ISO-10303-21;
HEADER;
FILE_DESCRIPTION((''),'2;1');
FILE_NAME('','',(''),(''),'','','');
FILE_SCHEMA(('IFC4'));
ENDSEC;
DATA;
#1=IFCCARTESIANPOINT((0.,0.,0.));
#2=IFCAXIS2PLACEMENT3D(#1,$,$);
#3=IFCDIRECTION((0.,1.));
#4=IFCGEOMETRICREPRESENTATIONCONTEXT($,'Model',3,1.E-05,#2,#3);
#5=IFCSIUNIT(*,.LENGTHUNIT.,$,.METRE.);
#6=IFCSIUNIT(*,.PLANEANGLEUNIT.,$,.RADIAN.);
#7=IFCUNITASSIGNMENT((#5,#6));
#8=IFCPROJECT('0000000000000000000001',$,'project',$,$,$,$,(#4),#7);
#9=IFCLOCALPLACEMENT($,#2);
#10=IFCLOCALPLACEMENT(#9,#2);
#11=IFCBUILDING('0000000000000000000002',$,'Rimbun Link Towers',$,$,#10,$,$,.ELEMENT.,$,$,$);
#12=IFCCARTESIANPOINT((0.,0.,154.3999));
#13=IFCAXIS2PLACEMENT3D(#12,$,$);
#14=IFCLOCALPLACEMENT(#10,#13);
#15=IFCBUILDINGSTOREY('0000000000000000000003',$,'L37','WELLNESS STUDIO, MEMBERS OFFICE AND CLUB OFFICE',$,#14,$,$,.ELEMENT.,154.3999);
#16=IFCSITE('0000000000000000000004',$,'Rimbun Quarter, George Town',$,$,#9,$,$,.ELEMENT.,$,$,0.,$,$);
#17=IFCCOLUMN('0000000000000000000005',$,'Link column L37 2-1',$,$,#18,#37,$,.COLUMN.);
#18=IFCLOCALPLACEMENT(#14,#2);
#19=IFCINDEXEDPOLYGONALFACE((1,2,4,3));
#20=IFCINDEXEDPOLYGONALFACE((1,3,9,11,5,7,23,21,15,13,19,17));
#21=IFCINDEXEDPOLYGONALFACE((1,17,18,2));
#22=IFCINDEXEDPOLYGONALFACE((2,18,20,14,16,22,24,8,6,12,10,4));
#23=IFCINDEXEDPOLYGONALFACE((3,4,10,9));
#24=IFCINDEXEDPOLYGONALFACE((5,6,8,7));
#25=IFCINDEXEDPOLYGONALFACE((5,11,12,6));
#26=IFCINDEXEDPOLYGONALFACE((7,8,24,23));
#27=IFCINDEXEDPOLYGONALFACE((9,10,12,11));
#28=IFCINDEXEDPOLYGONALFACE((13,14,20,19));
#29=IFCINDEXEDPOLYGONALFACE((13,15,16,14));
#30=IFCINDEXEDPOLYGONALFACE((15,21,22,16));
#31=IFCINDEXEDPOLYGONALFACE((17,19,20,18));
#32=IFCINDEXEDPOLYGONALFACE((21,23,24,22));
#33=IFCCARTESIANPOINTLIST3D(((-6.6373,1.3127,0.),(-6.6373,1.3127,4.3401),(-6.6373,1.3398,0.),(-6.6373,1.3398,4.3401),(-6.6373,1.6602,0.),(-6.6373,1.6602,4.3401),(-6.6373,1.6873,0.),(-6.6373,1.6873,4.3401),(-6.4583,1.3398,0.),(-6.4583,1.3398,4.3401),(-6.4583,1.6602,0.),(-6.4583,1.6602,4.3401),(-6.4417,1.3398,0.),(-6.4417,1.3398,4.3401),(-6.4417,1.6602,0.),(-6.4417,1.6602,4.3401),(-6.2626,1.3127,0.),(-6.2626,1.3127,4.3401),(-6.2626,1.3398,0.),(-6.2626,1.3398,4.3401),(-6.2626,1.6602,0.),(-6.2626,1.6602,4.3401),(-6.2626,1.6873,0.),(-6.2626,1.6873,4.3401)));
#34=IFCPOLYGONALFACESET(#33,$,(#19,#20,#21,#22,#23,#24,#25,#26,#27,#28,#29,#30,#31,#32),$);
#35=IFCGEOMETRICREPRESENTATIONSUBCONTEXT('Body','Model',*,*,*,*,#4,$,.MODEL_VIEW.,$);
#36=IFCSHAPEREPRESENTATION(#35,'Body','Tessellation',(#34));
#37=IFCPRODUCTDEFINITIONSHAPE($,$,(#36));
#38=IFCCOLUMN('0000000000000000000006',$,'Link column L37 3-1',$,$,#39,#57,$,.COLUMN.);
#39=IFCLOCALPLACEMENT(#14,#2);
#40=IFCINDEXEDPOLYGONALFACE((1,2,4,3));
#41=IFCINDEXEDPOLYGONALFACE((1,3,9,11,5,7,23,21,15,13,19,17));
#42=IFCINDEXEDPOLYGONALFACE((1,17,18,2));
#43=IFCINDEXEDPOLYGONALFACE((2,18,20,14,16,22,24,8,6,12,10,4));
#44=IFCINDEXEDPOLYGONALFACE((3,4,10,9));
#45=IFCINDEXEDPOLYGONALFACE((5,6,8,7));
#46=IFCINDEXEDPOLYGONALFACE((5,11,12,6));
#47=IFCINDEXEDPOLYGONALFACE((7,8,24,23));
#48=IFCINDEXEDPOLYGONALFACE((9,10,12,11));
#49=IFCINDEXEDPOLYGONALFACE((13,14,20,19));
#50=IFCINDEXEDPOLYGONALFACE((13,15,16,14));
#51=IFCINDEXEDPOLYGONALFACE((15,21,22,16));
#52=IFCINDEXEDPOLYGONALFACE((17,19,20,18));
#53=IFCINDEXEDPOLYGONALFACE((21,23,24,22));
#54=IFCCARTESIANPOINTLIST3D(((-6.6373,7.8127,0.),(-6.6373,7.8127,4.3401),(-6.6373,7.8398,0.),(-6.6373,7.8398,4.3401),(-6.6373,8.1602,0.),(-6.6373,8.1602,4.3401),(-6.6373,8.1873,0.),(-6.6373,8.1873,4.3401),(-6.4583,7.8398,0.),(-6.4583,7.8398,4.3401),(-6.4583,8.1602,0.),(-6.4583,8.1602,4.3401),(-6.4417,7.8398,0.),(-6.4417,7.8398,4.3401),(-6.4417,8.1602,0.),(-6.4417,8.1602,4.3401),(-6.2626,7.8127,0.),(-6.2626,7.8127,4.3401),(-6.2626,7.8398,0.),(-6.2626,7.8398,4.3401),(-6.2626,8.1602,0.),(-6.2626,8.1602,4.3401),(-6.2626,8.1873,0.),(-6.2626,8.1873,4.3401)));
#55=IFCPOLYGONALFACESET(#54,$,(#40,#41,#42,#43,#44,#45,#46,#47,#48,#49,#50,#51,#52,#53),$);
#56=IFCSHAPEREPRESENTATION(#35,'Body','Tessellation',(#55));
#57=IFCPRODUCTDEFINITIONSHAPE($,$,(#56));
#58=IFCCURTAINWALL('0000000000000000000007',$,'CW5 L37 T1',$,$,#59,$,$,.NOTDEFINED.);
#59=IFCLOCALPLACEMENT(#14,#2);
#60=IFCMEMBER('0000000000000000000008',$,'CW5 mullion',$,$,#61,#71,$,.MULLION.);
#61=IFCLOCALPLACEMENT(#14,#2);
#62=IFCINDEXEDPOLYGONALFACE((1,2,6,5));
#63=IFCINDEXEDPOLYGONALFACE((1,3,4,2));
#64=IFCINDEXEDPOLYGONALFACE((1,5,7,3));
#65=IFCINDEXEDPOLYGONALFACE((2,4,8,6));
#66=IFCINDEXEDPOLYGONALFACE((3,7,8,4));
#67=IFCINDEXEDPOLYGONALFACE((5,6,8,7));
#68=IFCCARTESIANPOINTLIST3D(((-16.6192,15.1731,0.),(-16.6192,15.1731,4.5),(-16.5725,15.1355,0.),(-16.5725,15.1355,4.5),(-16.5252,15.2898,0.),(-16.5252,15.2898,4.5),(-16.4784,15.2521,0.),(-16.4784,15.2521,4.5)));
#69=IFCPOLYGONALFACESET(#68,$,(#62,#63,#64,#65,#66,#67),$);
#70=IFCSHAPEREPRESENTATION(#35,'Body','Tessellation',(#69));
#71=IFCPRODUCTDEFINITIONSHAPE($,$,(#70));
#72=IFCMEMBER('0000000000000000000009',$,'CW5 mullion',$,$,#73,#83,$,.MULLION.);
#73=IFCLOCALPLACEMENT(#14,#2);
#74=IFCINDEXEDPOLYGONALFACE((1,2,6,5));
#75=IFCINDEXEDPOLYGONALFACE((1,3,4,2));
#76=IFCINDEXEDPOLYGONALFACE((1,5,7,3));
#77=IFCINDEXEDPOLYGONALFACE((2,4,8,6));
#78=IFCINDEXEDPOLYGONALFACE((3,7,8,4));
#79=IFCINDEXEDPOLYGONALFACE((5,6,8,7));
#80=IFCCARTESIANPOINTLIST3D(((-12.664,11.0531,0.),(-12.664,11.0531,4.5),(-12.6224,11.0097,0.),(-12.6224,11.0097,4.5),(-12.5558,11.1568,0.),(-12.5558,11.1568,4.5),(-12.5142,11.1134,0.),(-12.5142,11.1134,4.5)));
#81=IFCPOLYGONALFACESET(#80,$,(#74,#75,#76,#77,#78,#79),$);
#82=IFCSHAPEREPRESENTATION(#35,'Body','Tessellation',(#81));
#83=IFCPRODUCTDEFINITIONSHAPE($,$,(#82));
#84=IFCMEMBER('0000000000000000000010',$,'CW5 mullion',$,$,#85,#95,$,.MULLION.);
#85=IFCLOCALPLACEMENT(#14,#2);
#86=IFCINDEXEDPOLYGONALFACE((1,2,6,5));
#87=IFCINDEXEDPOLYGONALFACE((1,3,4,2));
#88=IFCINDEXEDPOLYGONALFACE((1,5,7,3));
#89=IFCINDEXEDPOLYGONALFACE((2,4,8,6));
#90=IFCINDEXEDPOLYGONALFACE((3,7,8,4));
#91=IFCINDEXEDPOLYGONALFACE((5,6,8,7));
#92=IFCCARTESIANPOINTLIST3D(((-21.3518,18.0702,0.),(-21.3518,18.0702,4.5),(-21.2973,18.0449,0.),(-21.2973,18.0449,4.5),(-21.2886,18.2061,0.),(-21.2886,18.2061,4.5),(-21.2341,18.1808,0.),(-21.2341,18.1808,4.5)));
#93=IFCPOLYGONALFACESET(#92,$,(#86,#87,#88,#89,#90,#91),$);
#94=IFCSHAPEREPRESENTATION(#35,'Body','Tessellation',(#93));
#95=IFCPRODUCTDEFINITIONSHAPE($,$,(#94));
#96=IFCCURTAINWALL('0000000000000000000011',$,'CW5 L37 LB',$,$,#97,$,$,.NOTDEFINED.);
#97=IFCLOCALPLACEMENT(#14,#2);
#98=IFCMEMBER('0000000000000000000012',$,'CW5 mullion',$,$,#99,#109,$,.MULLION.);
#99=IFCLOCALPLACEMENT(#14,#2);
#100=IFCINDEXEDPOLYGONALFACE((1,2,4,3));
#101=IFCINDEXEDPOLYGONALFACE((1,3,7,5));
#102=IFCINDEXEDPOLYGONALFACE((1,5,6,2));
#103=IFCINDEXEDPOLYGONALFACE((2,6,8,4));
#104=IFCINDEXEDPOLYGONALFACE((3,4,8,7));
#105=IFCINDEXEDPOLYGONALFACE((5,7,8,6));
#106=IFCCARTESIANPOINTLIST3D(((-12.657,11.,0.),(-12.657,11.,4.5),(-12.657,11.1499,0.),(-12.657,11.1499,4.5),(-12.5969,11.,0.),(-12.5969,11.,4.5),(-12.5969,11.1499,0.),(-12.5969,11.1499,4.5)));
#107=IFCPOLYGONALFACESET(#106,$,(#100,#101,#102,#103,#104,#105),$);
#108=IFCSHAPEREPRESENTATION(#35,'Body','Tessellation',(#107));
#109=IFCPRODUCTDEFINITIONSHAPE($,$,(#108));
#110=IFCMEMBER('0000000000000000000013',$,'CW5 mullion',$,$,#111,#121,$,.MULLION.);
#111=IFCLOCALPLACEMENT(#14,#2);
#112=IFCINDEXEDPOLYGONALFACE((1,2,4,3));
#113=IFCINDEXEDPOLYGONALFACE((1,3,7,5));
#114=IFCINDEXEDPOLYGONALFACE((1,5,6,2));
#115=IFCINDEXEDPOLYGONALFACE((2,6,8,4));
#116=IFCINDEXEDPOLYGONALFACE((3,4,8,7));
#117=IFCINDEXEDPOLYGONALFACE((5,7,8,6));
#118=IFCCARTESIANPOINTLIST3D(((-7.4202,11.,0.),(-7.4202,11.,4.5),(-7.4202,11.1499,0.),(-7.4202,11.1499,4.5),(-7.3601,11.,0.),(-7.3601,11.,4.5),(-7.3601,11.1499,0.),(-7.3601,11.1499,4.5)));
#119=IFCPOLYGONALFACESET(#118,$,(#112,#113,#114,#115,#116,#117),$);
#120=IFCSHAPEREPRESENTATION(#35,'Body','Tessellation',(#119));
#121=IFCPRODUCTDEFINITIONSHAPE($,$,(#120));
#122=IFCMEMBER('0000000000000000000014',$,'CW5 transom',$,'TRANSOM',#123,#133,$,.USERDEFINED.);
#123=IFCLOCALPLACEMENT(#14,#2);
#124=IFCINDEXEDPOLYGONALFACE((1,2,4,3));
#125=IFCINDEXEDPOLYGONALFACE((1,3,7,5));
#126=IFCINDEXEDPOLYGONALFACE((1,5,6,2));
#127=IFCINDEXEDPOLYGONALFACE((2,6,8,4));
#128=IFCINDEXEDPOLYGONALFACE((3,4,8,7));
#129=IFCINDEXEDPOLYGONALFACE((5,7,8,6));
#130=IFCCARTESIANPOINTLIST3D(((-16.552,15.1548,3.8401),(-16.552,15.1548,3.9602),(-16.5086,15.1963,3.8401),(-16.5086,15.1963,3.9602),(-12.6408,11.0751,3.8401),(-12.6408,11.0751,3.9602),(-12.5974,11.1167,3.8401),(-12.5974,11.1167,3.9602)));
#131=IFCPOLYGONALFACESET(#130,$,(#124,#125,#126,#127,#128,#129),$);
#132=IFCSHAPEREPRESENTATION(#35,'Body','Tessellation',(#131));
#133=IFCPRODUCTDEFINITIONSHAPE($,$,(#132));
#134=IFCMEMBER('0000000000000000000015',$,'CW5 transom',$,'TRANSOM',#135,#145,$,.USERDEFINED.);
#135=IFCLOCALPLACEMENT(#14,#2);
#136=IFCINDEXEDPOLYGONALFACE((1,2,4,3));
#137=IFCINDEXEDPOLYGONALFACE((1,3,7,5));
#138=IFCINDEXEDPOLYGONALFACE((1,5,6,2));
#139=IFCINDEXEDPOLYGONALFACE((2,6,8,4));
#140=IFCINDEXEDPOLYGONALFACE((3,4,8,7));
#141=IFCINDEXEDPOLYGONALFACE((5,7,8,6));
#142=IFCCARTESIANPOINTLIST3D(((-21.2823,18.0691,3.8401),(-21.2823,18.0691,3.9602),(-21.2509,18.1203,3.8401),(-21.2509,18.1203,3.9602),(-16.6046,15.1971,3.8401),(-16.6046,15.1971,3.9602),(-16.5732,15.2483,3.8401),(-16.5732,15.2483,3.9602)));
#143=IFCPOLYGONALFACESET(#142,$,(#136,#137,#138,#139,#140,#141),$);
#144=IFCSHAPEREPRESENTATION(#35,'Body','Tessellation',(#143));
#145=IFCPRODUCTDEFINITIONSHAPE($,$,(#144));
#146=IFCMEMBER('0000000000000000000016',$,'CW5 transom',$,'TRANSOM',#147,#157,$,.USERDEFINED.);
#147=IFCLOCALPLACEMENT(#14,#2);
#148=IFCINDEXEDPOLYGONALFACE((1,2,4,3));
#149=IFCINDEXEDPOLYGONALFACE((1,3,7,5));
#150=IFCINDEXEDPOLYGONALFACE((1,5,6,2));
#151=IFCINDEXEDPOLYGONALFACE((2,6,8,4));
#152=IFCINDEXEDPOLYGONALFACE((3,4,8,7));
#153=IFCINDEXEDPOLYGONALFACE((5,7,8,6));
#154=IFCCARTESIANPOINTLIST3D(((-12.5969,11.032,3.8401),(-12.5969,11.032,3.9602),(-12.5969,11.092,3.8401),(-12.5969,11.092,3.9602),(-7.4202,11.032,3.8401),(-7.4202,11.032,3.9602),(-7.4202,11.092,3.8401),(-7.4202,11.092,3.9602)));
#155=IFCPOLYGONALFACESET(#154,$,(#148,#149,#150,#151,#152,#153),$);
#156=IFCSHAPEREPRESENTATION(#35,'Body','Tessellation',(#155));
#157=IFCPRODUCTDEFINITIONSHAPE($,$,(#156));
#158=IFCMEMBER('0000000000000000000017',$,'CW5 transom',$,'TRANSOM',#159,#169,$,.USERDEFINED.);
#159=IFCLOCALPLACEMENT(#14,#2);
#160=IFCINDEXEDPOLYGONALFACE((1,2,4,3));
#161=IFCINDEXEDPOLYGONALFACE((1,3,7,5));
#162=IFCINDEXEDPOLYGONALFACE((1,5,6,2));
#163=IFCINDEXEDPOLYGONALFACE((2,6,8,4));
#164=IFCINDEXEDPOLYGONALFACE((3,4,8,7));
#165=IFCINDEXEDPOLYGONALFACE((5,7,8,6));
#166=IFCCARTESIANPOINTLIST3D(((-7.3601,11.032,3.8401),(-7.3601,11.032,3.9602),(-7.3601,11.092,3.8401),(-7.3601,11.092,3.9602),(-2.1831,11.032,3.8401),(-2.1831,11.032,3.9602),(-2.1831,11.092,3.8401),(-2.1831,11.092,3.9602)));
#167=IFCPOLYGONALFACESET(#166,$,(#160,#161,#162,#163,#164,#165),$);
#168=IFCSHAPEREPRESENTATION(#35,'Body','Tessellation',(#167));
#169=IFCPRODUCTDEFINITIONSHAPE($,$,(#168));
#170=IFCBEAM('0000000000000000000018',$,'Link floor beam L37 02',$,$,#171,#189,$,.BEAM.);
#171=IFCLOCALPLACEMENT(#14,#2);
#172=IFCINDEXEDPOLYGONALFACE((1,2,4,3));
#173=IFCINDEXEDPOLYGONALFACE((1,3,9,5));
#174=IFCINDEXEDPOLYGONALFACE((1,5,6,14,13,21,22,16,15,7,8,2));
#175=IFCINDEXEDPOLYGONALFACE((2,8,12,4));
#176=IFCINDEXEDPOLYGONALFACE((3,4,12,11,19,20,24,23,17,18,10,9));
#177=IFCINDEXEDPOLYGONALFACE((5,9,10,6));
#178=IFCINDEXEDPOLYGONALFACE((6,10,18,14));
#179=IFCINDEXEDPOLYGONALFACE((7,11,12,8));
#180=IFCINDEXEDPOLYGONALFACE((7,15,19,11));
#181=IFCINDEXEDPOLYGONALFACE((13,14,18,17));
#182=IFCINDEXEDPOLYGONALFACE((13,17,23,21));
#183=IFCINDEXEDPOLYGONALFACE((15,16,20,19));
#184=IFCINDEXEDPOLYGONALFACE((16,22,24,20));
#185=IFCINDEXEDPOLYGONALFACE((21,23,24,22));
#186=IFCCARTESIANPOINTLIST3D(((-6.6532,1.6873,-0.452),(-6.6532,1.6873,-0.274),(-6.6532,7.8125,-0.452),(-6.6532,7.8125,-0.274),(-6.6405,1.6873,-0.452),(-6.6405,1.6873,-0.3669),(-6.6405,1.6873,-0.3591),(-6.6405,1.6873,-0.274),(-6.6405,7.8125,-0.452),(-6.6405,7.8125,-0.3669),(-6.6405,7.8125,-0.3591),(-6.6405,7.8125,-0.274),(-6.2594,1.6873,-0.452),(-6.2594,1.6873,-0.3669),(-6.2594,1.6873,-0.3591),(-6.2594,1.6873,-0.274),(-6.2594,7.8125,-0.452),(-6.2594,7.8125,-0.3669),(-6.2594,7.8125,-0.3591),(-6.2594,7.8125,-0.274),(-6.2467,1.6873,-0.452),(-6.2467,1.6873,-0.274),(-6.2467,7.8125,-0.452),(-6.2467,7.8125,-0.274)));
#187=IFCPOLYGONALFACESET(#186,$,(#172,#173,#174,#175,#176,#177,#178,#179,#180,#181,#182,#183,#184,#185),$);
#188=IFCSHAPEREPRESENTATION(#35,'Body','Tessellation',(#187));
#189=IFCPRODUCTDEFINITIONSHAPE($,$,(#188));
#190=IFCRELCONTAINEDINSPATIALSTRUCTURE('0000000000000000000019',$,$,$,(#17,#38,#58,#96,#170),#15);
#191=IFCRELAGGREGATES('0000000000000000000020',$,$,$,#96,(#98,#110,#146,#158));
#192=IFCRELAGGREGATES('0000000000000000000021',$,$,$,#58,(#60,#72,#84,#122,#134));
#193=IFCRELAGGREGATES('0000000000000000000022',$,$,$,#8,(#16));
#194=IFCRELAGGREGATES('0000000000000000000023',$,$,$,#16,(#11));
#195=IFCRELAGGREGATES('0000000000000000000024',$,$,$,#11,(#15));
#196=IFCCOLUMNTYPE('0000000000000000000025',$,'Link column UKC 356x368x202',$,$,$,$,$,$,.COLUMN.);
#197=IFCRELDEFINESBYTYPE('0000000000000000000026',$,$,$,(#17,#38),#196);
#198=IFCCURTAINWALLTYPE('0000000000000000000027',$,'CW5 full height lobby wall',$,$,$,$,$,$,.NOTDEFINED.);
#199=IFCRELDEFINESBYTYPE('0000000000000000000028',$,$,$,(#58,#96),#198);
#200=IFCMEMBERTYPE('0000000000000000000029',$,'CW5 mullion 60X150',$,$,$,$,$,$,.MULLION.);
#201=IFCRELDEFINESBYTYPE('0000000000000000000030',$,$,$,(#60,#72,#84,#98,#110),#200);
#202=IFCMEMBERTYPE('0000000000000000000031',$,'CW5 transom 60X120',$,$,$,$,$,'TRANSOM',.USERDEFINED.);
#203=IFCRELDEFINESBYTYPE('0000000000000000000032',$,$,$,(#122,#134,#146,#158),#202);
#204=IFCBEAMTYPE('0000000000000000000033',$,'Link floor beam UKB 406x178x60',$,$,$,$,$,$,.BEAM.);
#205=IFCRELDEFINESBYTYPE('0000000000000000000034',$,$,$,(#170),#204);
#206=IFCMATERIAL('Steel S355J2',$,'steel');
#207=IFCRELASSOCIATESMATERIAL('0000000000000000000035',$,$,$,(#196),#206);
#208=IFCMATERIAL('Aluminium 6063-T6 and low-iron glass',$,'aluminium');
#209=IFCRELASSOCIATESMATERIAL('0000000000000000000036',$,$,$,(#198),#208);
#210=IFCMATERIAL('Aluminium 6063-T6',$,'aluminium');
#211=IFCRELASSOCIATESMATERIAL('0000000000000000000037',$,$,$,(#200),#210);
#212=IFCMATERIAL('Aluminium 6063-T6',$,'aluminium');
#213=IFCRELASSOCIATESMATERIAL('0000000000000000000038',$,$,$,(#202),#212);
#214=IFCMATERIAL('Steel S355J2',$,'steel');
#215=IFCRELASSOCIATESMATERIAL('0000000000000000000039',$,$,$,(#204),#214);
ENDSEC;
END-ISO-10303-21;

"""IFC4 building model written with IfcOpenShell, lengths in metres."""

from ifc_helpers import new_model, si_unit, direction, frame, origin, origin_2d, place, context, subcontext, project, spatial, rectangle, i_section, extrude, material, material_profile, profile_set, type_object, element, aggregate, save


model = new_model("IFC4")

# Units and contexts
model_context = context("Model", 3, precision=1e-05, world=origin(), true_north=direction((0.0, 1.0)))
body_context = subcontext(model_context, "Body", "Model", "MODEL_VIEW")
ifc_project = project(units=[si_unit("LENGTHUNIT", "METRE"), si_unit("PLANEANGLEUNIT", "RADIAN")], contexts=[model_context])

# Site, building, storey
site_placement = place(None, origin())
site = spatial("IfcSite", under=ifc_project, at=site_placement, Name="Rimbun Quarter, George Town", CompositionType="ELEMENT", RefElevation=0.0)
building_placement = place(site_placement, origin())
building = spatial("IfcBuilding", under=site, at=building_placement, Name="Rimbun Link Towers", CompositionType="ELEMENT")
storey_placement = place(building_placement, frame((0.0, 0.0, 154.3999)))
storey = spatial("IfcBuildingStorey", under=building, at=storey_placement, Name="L37", Description="WELLNESS STUDIO, MEMBERS OFFICE AND CLUB OFFICE", CompositionType="ELEMENT", Elevation=154.3999)

# Columns
ifc_material_1 = material(Name="Steel S355J2", Category="steel")
ifc_material_profile_1 = material_profile(ifc_material_1, i_section(OverallWidth=0.3748, OverallDepth=0.3745, WebThickness=0.0166, FlangeThickness=0.0271, at=origin_2d()), Name="UKC 356x368x202")
ifc_profile_set_1 = profile_set([ifc_material_profile_1], Name="Steel S355J2")
column_type = type_object("IfcColumnType", Name="Link column UKC 356x368x202", PredefinedType="COLUMN", material=ifc_profile_set_1)
for number, where, z_axis, x_axis, name in (
    (1, (-6.45, 1.5, 0.0), (0.0, 0.0, 1.0), (1.0, 0.0, 0.0), "Link column L37 2-1"),
    (2, (-6.45, 8.0, 0.0), (0.0, 0.0, 1.0), (1.0, 0.0, 0.0), "Link column L37 3-1"),
):
    element("IfcColumn", number, at=place(storey_placement, frame(where, z_axis=z_axis, x_axis=x_axis)), inside=storey, type_object=column_type, Name=name, PredefinedType="COLUMN", context=body_context, shape_type="SweptSolid", body=[
        extrude(i_section(OverallWidth=0.3748, OverallDepth=0.3745, WebThickness=0.0166, FlangeThickness=0.0271, at=origin_2d()), origin(), (0.0, 0.0, 1.0), 4.3401),
    ])

# Curtain walls, members
ifc_material_2 = material(Name="Aluminium 6063-T6 and low-iron glass", Category="aluminium")
curtain_wall_type = type_object("IfcCurtainWallType", Name="CW5 full height lobby wall", PredefinedType="NOTDEFINED", material=ifc_material_2)
curtain_wall_1_placement = place(storey_placement, origin())
curtain_wall_1 = element("IfcCurtainWall", 3, at=curtain_wall_1_placement, inside=storey, type_object=curtain_wall_type, Name="CW5 L37 T1", PredefinedType="NOTDEFINED")
ifc_material_3 = material(Name="Aluminium 6063-T6", Category="aluminium")
ifc_material_profile_2 = material_profile(ifc_material_3, rectangle(XDim=0.1499, YDim=0.0601, at=origin_2d()), Name="MULLION 60X150")
ifc_profile_set_2 = profile_set([ifc_material_profile_2], Name="Aluminium 6063-T6")
member_type_1 = type_object("IfcMemberType", Name="CW5 mullion 60X150", PredefinedType="MULLION", material=ifc_profile_set_2)
member_1_placement = place(storey_placement, frame((-16.5488, 15.2126, 0.0), z_axis=(0.0, 0.0, 1.0), x_axis=(0.627671, 0.778479, 0.0)))
member_1 = element("IfcMember", 4, at=member_1_placement, type_object=member_type_1, Name="CW5 mullion", PredefinedType="MULLION", context=body_context, shape_type="SweptSolid", body=[
    extrude(rectangle(XDim=0.1499, YDim=0.0601, at=origin_2d()), origin(), (0.0, 0.0, 1.0), 4.5),
])
member_2_placement = place(storey_placement, frame((-12.5891, 11.0833, 0.0), z_axis=(0.0, 0.0, 1.0), x_axis=(0.721858, 0.692041, 0.0)))
member_2 = element("IfcMember", 5, at=member_2_placement, type_object=member_type_1, Name="CW5 mullion", PredefinedType="MULLION", context=body_context, shape_type="SweptSolid", body=[
    extrude(rectangle(XDim=0.1499, YDim=0.0601, at=origin_2d()), origin(), (0.0, 0.0, 1.0), 4.5),
])
member_3_placement = place(storey_placement, frame((-21.293, 18.1255, 0.0), z_axis=(0.0, 0.0, 1.0), x_axis=(0.421697, 0.906737, 0.0)))
member_3 = element("IfcMember", 6, at=member_3_placement, type_object=member_type_1, Name="CW5 mullion", PredefinedType="MULLION", context=body_context, shape_type="SweptSolid", body=[
    extrude(rectangle(XDim=0.1499, YDim=0.0601, at=origin_2d()), origin(), (0.0, 0.0, 1.0), 4.5),
])
curtain_wall_2_placement = place(storey_placement, origin())
curtain_wall_2 = element("IfcCurtainWall", 7, at=curtain_wall_2_placement, inside=storey, type_object=curtain_wall_type, Name="CW5 L37 LB", PredefinedType="NOTDEFINED")
member_4_placement = place(storey_placement, frame((-12.627, 11.075, 0.0), z_axis=(0.0, 0.0, 1.0), x_axis=(0.0, 1.0, 0.0)))
member_4 = element("IfcMember", 8, at=member_4_placement, type_object=member_type_1, Name="CW5 mullion", PredefinedType="MULLION", context=body_context, shape_type="SweptSolid", body=[
    extrude(rectangle(XDim=0.1499, YDim=0.0601, at=origin_2d()), origin(), (0.0, 0.0, 1.0), 4.5),
])
member_5_placement = place(storey_placement, frame((-7.3901, 11.075, 0.0), z_axis=(0.0, 0.0, 1.0), x_axis=(0.0, 1.0, 0.0)))
member_5 = element("IfcMember", 9, at=member_5_placement, type_object=member_type_1, Name="CW5 mullion", PredefinedType="MULLION", context=body_context, shape_type="SweptSolid", body=[
    extrude(rectangle(XDim=0.1499, YDim=0.0601, at=origin_2d()), origin(), (0.0, 0.0, 1.0), 4.5),
])

# Members
ifc_material_4 = material(Name="Aluminium 6063-T6", Category="aluminium")
ifc_material_profile_3 = material_profile(ifc_material_4, rectangle(XDim=0.0601, YDim=0.1201, at=origin_2d()), Name="TRANSOM 60X120")
ifc_profile_set_3 = profile_set([ifc_material_profile_3], Name="Aluminium 6063-T6")
member_type_2 = type_object("IfcMemberType", Name="CW5 transom 60X120", ElementType="TRANSOM", PredefinedType="USERDEFINED", material=ifc_profile_set_3)
member_6_placement = place(storey_placement, frame((-16.5303, 15.1755, 3.9001), z_axis=(0.692046, -0.721853, 0.0), x_axis=(0.721853, 0.692046, 0.0)))
member_6 = element("IfcMember", 10, at=member_6_placement, type_object=member_type_2, Name="CW5 transom", ObjectType="TRANSOM", PredefinedType="USERDEFINED", context=body_context, shape_type="SweptSolid", body=[
    extrude(rectangle(XDim=0.0601, YDim=0.1201, at=origin_2d()), origin(), (0.0, 0.0, 1.0), 5.6516),
])
member_7_placement = place(storey_placement, frame((-21.2666, 18.0947, 3.9001), z_axis=(0.852189, -0.523234, 0.0), x_axis=(0.523234, 0.852189, 0.0)))
member_7 = element("IfcMember", 11, at=member_7_placement, type_object=member_type_2, Name="CW5 transom", ObjectType="TRANSOM", PredefinedType="USERDEFINED", context=body_context, shape_type="SweptSolid", body=[
    extrude(rectangle(XDim=0.0601, YDim=0.1201, at=origin_2d()), origin(), (0.0, 0.0, 1.0), 5.489),
])
member_8_placement = place(storey_placement, frame((-12.5969, 11.062, 3.9001), z_axis=(1.0, 0.0, 0.0), x_axis=(0.0, 1.0, 0.0)))
member_8 = element("IfcMember", 12, at=member_8_placement, type_object=member_type_2, Name="CW5 transom", ObjectType="TRANSOM", PredefinedType="USERDEFINED", context=body_context, shape_type="SweptSolid", body=[
    extrude(rectangle(XDim=0.0601, YDim=0.1201, at=origin_2d()), origin(), (0.0, 0.0, 1.0), 5.1768),
])
member_9_placement = place(storey_placement, frame((-7.3601, 11.062, 3.9001), z_axis=(1.0, 0.0, 0.0), x_axis=(0.0, 1.0, 0.0)))
member_9 = element("IfcMember", 13, at=member_9_placement, type_object=member_type_2, Name="CW5 transom", ObjectType="TRANSOM", PredefinedType="USERDEFINED", context=body_context, shape_type="SweptSolid", body=[
    extrude(rectangle(XDim=0.0601, YDim=0.1201, at=origin_2d()), origin(), (0.0, 0.0, 1.0), 5.177),
])

# Beam
ifc_material_5 = material(Name="Steel S355J2", Category="steel")
ifc_material_profile_4 = material_profile(ifc_material_5, i_section(OverallWidth=0.178, OverallDepth=0.4065, WebThickness=0.0078, FlangeThickness=0.0127, at=origin_2d()), Name="UKB 406x178x60")
ifc_profile_set_4 = profile_set([ifc_material_profile_4], Name="Steel S355J2")
beam_type_1 = type_object("IfcBeamType", Name="Link floor beam UKB 406x178x60", PredefinedType="BEAM", material=ifc_profile_set_4)
for number, where, z_axis, x_axis, name in (
    (14, (-6.45, 1.6873, -0.363), (0.0, 1.0, 0.0), (0.0, 0.0, 1.0), "Link floor beam L37 02"),
):
    element("IfcBeam", number, at=place(storey_placement, frame(where, z_axis=z_axis, x_axis=x_axis)), inside=storey, type_object=beam_type_1, Name=name, PredefinedType="BEAM", context=body_context, shape_type="SweptSolid", body=[
        extrude(i_section(OverallWidth=0.178, OverallDepth=0.4065, WebThickness=0.0078, FlangeThickness=0.0127, at=origin_2d()), origin(), (0.0, 0.0, 1.0), 6.1252),
    ])

aggregate(curtain_wall_2, [member_4, member_5, member_8, member_9])
aggregate(curtain_wall_1, [member_1, member_2, member_3, member_6, member_7])

save(model, "model.ifc")
